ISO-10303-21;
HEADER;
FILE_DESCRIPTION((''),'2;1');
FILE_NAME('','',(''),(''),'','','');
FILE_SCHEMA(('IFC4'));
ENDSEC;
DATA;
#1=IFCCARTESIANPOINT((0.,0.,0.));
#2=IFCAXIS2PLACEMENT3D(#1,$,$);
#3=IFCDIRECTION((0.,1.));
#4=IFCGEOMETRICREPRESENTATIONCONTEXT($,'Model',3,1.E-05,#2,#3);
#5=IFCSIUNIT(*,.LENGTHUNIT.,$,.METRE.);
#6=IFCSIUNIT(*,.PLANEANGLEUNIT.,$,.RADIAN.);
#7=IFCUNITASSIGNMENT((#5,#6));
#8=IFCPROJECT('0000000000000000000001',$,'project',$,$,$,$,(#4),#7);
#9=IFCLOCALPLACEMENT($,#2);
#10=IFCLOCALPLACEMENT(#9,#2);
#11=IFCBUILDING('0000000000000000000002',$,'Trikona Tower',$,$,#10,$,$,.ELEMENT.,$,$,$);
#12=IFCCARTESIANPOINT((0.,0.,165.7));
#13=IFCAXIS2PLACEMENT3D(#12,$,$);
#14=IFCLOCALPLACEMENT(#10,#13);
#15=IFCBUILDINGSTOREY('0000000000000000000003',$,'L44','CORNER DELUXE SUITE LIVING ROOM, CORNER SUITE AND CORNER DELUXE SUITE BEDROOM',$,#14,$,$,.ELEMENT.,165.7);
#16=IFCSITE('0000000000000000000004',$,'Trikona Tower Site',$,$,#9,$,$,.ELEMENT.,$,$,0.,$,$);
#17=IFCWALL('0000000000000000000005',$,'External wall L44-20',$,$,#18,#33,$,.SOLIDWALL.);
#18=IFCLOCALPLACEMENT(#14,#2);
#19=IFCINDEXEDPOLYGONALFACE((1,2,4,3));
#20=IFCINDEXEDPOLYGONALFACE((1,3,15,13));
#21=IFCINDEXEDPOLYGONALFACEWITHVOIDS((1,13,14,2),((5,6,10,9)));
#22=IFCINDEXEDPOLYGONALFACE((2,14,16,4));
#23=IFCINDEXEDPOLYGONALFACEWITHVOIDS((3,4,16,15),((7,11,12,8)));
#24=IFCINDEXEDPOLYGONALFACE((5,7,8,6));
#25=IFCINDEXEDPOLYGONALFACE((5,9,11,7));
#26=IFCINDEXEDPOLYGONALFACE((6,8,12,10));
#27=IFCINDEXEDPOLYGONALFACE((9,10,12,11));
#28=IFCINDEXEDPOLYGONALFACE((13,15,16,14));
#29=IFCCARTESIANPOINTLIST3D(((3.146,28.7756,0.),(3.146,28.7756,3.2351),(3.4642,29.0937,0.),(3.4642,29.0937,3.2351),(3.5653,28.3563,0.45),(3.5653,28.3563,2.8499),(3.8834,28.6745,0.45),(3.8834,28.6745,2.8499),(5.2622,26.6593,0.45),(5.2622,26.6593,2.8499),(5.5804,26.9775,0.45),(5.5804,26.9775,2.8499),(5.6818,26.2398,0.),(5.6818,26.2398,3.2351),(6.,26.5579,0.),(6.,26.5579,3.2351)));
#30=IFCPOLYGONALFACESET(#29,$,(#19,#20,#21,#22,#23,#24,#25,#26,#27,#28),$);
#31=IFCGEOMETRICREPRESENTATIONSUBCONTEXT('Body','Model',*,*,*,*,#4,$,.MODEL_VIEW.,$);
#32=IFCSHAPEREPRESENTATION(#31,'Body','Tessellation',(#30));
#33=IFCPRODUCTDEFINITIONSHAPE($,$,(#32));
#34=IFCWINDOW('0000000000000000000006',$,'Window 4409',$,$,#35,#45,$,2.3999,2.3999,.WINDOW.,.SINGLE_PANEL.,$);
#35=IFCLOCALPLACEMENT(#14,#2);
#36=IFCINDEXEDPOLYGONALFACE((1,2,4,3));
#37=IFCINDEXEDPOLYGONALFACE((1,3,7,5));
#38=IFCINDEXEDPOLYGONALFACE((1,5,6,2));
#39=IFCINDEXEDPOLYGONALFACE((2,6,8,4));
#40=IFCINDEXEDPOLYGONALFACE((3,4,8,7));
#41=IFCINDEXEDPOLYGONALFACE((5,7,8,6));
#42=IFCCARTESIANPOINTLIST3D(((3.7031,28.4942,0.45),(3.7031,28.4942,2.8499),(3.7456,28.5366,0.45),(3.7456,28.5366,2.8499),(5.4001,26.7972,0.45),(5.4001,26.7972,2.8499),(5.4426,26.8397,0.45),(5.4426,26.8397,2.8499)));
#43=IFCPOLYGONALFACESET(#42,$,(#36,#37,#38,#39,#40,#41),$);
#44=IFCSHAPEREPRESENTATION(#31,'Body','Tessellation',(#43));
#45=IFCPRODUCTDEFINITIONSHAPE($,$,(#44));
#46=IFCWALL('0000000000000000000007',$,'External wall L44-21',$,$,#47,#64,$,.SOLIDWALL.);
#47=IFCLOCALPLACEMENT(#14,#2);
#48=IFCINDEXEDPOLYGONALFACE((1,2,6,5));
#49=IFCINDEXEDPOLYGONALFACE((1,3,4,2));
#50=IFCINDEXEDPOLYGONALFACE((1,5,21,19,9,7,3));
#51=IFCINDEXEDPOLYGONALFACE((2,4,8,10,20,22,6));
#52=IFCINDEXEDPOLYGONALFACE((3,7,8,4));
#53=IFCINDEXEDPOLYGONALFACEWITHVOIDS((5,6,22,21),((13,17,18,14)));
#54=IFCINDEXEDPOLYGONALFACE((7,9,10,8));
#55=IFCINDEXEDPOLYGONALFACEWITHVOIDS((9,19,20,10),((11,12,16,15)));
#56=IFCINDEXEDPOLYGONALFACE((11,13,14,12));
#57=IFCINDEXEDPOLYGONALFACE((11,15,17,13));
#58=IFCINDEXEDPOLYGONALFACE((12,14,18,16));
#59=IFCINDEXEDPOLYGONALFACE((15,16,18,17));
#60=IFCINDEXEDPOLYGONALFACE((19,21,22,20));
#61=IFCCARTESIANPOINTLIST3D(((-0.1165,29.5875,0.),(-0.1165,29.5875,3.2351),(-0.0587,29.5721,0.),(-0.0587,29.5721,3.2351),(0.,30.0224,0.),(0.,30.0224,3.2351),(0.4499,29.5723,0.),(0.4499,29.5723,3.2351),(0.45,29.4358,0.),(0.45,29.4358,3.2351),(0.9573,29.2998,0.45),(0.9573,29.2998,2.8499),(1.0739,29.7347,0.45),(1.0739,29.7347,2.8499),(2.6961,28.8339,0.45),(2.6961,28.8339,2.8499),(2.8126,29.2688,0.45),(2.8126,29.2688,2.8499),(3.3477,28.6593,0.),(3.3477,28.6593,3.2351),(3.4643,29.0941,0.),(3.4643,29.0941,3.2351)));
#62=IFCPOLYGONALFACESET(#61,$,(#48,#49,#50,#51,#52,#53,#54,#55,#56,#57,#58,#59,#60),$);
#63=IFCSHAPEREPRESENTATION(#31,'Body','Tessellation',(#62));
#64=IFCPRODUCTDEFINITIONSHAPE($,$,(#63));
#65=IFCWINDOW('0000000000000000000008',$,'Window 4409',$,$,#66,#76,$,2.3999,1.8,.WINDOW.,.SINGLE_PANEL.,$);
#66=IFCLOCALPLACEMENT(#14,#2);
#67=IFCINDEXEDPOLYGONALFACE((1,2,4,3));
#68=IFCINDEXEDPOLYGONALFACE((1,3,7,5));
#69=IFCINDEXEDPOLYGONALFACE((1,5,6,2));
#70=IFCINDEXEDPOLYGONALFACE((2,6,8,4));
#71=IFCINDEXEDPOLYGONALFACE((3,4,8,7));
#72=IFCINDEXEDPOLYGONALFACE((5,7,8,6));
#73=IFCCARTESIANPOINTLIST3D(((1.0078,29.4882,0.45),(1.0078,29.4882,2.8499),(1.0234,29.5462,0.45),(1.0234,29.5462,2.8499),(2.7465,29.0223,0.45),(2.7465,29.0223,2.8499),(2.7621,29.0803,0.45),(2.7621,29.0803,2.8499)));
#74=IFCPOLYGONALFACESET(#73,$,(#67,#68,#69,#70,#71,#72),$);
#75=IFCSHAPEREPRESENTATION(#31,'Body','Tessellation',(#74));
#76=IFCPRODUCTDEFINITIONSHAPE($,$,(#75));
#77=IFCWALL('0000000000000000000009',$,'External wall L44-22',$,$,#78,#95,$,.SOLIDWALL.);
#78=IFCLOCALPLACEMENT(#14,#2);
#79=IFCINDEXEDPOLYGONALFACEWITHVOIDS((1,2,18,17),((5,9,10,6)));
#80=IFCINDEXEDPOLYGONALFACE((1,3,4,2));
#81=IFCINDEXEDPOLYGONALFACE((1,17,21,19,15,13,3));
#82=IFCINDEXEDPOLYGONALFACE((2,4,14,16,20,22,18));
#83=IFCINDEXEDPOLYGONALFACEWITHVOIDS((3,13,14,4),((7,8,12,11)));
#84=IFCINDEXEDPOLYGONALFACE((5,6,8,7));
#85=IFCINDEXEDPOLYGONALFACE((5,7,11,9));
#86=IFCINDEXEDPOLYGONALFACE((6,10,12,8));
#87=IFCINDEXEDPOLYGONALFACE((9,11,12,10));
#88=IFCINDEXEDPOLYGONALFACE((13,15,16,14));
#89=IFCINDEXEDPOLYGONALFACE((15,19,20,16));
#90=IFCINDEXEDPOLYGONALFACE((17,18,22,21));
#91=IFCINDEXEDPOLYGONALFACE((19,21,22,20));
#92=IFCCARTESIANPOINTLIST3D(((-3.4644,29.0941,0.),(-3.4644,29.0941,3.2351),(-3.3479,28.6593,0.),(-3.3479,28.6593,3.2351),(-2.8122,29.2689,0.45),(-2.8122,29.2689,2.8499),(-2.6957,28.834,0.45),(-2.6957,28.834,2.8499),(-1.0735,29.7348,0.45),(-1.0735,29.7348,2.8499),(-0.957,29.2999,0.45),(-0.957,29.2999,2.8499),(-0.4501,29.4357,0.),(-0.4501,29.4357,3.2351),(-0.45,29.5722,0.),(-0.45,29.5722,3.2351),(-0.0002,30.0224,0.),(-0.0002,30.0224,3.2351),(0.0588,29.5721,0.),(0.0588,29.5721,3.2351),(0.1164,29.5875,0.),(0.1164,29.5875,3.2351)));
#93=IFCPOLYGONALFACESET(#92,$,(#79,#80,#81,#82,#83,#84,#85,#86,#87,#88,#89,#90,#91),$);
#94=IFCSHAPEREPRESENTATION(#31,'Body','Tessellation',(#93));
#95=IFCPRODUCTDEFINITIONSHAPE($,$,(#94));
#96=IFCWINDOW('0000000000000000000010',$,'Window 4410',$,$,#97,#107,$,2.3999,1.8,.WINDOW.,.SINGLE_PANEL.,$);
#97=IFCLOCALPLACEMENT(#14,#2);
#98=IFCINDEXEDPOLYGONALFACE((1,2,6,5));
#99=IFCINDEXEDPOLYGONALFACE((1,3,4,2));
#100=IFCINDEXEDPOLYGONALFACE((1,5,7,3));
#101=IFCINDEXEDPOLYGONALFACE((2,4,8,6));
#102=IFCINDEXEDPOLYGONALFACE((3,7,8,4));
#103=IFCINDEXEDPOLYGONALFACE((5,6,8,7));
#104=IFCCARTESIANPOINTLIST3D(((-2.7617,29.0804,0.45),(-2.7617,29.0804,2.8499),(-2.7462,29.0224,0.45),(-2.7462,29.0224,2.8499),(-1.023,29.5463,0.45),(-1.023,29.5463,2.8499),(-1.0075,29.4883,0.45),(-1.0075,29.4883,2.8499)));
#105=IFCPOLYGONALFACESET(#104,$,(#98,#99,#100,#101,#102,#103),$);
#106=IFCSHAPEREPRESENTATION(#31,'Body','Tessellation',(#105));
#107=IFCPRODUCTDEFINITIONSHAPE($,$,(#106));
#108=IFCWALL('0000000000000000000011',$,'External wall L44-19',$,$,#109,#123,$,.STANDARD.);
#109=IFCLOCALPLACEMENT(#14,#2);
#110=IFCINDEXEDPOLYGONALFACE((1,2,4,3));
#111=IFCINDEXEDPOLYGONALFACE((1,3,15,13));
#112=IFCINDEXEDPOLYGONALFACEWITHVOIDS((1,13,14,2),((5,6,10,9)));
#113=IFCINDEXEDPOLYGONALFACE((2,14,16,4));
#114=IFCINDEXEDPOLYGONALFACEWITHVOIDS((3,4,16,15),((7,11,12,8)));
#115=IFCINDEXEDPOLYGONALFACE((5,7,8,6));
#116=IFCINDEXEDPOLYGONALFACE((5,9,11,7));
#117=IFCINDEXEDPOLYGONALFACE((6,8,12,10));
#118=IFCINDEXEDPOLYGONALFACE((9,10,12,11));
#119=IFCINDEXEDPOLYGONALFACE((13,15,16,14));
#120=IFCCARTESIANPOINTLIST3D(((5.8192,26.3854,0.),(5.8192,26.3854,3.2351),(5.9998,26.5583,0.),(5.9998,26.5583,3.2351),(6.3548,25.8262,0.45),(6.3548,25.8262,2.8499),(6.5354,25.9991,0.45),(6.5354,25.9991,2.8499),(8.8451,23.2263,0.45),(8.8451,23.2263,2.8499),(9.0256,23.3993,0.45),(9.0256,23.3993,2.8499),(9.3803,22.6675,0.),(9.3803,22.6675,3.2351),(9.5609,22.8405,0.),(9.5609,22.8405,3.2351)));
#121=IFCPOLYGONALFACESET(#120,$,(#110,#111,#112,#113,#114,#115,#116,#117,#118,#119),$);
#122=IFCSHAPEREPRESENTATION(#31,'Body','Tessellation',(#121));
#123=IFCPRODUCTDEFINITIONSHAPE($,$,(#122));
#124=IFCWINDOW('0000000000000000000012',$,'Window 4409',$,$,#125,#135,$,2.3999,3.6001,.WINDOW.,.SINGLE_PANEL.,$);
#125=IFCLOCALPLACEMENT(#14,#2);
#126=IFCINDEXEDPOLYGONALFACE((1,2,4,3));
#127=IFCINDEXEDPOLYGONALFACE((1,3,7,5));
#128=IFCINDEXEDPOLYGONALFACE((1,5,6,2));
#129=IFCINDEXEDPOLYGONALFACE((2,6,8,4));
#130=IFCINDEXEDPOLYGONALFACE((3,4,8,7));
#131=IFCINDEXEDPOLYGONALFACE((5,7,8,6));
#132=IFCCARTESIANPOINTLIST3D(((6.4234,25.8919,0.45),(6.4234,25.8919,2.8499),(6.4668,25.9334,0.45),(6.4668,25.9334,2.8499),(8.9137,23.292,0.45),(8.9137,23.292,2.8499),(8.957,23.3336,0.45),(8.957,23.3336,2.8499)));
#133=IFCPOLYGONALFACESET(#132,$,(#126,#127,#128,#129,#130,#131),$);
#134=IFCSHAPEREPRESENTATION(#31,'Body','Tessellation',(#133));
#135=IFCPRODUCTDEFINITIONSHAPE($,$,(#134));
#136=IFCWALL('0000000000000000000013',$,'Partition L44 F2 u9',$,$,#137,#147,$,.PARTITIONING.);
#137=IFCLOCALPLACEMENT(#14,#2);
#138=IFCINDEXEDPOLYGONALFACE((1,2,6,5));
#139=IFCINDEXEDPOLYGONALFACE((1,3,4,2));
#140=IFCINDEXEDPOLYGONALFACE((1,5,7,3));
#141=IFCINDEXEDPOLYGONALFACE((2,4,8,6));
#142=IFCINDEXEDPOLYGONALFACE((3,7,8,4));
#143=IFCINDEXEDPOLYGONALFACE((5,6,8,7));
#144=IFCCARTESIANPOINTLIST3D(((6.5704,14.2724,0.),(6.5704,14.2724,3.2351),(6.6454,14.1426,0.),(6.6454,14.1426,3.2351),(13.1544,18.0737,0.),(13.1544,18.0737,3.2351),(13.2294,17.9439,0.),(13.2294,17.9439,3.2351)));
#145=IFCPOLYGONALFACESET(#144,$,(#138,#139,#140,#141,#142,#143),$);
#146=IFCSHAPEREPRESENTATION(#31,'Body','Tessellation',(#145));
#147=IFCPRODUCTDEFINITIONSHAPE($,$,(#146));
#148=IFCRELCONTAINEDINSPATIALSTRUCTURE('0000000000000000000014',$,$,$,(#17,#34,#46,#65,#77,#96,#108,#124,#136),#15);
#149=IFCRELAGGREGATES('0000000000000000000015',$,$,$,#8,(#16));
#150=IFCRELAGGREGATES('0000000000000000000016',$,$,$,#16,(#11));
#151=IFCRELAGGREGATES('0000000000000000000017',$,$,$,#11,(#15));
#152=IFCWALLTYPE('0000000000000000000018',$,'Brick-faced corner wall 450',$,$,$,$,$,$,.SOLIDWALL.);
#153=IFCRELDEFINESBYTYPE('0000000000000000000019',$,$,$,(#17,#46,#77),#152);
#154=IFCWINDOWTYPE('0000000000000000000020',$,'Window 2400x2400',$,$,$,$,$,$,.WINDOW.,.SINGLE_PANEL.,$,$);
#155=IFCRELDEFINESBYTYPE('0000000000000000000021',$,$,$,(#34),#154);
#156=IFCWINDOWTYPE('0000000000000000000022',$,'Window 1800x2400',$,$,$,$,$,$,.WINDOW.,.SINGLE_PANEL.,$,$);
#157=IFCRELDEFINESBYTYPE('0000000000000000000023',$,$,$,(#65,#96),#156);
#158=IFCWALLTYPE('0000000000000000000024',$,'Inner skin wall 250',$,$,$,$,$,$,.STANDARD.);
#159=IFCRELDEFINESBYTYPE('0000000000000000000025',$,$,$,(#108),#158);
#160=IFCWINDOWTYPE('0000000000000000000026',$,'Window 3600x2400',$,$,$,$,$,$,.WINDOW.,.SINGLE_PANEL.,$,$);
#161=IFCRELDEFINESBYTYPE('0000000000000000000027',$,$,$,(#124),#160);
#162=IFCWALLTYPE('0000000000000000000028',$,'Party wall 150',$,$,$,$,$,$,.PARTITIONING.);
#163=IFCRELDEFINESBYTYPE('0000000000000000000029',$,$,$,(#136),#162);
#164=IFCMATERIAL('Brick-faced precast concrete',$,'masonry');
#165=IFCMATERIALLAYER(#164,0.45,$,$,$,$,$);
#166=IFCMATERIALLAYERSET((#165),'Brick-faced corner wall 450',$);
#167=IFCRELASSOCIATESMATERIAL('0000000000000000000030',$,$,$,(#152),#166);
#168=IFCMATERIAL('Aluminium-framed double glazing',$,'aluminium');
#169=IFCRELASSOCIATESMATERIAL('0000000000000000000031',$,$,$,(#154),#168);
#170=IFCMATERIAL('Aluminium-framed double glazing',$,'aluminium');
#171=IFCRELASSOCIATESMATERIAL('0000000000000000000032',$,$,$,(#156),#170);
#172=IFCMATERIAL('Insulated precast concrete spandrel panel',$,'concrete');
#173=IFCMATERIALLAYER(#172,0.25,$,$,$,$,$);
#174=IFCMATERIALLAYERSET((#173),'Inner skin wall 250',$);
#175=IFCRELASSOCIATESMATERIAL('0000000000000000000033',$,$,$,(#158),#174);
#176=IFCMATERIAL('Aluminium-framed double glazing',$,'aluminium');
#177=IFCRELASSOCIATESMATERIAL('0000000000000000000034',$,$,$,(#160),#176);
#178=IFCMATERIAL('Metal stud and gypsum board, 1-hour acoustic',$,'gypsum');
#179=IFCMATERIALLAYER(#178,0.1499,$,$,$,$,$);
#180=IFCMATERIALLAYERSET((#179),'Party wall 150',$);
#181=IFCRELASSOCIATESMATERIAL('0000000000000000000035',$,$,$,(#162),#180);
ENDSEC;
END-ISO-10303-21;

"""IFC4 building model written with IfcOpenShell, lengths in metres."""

from ifc_helpers import new_model, si_unit, direction, frame, frame_2d, origin, place, context, subcontext, project, spatial, polyline, rectangle, outline, extrude, material, layer, layer_set, type_object, element, fill, save


model = new_model("IFC4")

# Units and contexts
model_context = context("Model", 3, precision=1e-05, world=origin(), true_north=direction((0.0, 1.0)))
body_context = subcontext(model_context, "Body", "Model", "MODEL_VIEW")
ifc_project = project(units=[si_unit("LENGTHUNIT", "METRE"), si_unit("PLANEANGLEUNIT", "RADIAN")], contexts=[model_context])

# Site, building, storey
site_placement = place(None, origin())
site = spatial("IfcSite", under=ifc_project, at=site_placement, Name="Trikona Tower Site", CompositionType="ELEMENT", RefElevation=0.0)
building_placement = place(site_placement, origin())
building = spatial("IfcBuilding", under=site, at=building_placement, Name="Trikona Tower", CompositionType="ELEMENT")
storey_placement = place(building_placement, frame((0.0, 0.0, 165.7)))
storey = spatial("IfcBuildingStorey", under=building, at=storey_placement, Name="L44", Description="CORNER DELUXE SUITE LIVING ROOM, CORNER SUITE AND CORNER DELUXE SUITE BEDROOM", CompositionType="ELEMENT", Elevation=165.7)

# Walls, openings, windows
ifc_material_1 = material(Name="Brick-faced precast concrete", Category="masonry")
ifc_layer_1 = layer(ifc_material_1, 0.45)
ifc_layer_set_1 = layer_set([ifc_layer_1], Name="Brick-faced corner wall 450")
wall_type_1 = type_object("IfcWallType", Name="Brick-faced corner wall 450", PredefinedType="SOLIDWALL", material=ifc_layer_set_1)
wall_1_placement = place(storey_placement, frame((5.8408, 26.3989, 0.0), z_axis=(0.0, 0.0, 1.0), x_axis=(-0.707107, 0.707107, 0.0)))
wall_1 = element("IfcWall", 1, at=wall_1_placement, inside=storey, type_object=wall_type_1, Name="External wall L44-20", PredefinedType="SOLIDWALL", context=body_context, shape_type="SweptSolid", body=[
    extrude(rectangle(XDim=3.5862, YDim=0.45, at=frame_2d((1.793, 0.0))), origin(), (0.0, 0.0, 1.0), 3.2351),
])
opening_1_placement = place(wall_1_placement, frame((0.5933, 0.0, 0.45)))
opening_1 = element("IfcOpeningElement", 2, at=opening_1_placement, cuts=wall_1, PredefinedType="OPENING", context=body_context, shape_type="SweptSolid", body=[
    extrude(rectangle(XDim=2.3999, YDim=2.3999, at=frame_2d((1.2, 1.2))), frame((0.0, 0.2349, 0.0), z_axis=(0.0, -1.0, 0.0), x_axis=(1.0, 0.0, 0.0)), (0.0, 0.0, 1.0), 0.47),
])
ifc_material_2 = material(Name="Aluminium-framed double glazing", Category="aluminium")
window_type_1 = type_object("IfcWindowType", Name="Window 2400x2400", PartitioningType="SINGLE_PANEL", PredefinedType="WINDOW", material=ifc_material_2)
window_1_placement = place(opening_1_placement, origin())
window_1 = element("IfcWindow", 3, at=window_1_placement, inside=storey, type_object=window_type_1, Name="Window 4409", OverallHeight=2.3999, OverallWidth=2.3999, PartitioningType="SINGLE_PANEL", PredefinedType="WINDOW", context=body_context, shape_type="SweptSolid", body=[
    extrude(rectangle(XDim=2.3999, YDim=2.3999, at=frame_2d((1.2, 1.2))), frame((0.0, 0.03, 0.0), z_axis=(0.0, -1.0, 0.0), x_axis=(1.0, 0.0, 0.0)), (0.0, 0.0, 1.0), 0.0601),
])
fill(opening_1, window_1)
wall_2_placement = place(storey_placement, frame((3.406, 28.8767, 0.0), z_axis=(0.0, 0.0, 1.0), x_axis=(-0.965925, 0.258823, 0.0)))
wall_2 = element("IfcWall", 4, at=wall_2_placement, inside=storey, type_object=wall_type_1, Name="External wall L44-21", PredefinedType="SOLIDWALL", context=body_context, shape_type="SweptSolid", body=[
    extrude(outline(polyline([(3.5864, 0.2251), (3.5266, 0.2251), (3.0354, 0.0933), (3.0, 0.2251), (0.0, 0.2251), (0.0, -0.2251), (3.5864, -0.2251), (3.5864, 0.2251)])), origin(), (0.0, 0.0, 1.0), 3.2351),
])
opening_2_placement = place(wall_2_placement, frame((0.6748, 0.0, 0.45)))
opening_2 = element("IfcOpeningElement", 5, at=opening_2_placement, cuts=wall_2, PredefinedType="OPENING", context=body_context, shape_type="SweptSolid", body=[
    extrude(rectangle(XDim=1.8, YDim=2.3999, at=frame_2d((0.8999, 1.2))), frame((0.0, 0.2349, 0.0), z_axis=(0.0, -1.0, 0.0), x_axis=(1.0, 0.0, 0.0)), (0.0, 0.0, 1.0), 0.47),
])
ifc_material_3 = material(Name="Aluminium-framed double glazing", Category="aluminium")
window_type_2 = type_object("IfcWindowType", Name="Window 1800x2400", PartitioningType="SINGLE_PANEL", PredefinedType="WINDOW", material=ifc_material_3)
window_2_placement = place(opening_2_placement, origin())
window_2 = element("IfcWindow", 6, at=window_2_placement, inside=storey, type_object=window_type_2, Name="Window 4409", OverallHeight=2.3999, OverallWidth=1.8, PartitioningType="SINGLE_PANEL", PredefinedType="WINDOW", context=body_context, shape_type="SweptSolid", body=[
    extrude(rectangle(XDim=1.8, YDim=2.3999, at=frame_2d((0.8999, 1.2))), frame((0.0, 0.03, 0.0), z_axis=(0.0, -1.0, 0.0), x_axis=(1.0, 0.0, 0.0)), (0.0, 0.0, 1.0), 0.0601),
])
fill(opening_2, window_2)
wall_3_placement = place(storey_placement, frame((0.0581, 29.8049, 0.0), z_axis=(0.0, 0.0, 1.0), x_axis=(-0.965925, -0.258823, 0.0)))
wall_3 = element("IfcWall", 7, at=wall_3_placement, inside=storey, type_object=wall_type_1, Name="External wall L44-22", PredefinedType="SOLIDWALL", context=body_context, shape_type="SweptSolid", body=[
    extrude(outline(polyline([(3.5864, 0.2251), (0.5864, 0.2251), (0.551, 0.0933), (0.0596, 0.2251), (0.0, 0.2251), (0.0, -0.2251), (3.5864, -0.2251), (3.5864, 0.2251)])), origin(), (0.0, 0.0, 1.0), 3.2351),
])
opening_3_placement = place(wall_3_placement, frame((1.1113, 0.0, 0.45)))
opening_3 = element("IfcOpeningElement", 8, at=opening_3_placement, cuts=wall_3, PredefinedType="OPENING", context=body_context, shape_type="SweptSolid", body=[
    extrude(rectangle(XDim=1.8, YDim=2.3999, at=frame_2d((0.8999, 1.2))), frame((0.0, 0.2349, 0.0), z_axis=(0.0, -1.0, 0.0), x_axis=(1.0, 0.0, 0.0)), (0.0, 0.0, 1.0), 0.47),
])
window_3_placement = place(opening_3_placement, origin())
window_3 = element("IfcWindow", 9, at=window_3_placement, inside=storey, type_object=window_type_2, Name="Window 4410", OverallHeight=2.3999, OverallWidth=1.8, PartitioningType="SINGLE_PANEL", PredefinedType="WINDOW", context=body_context, shape_type="SweptSolid", body=[
    extrude(rectangle(XDim=1.8, YDim=2.3999, at=frame_2d((0.8999, 1.2))), frame((0.0, 0.03, 0.0), z_axis=(0.0, -1.0, 0.0), x_axis=(1.0, 0.0, 0.0)), (0.0, 0.0, 1.0), 0.0601),
])
fill(opening_3, window_3)
ifc_material_4 = material(Name="Insulated precast concrete spandrel panel", Category="concrete")
ifc_layer_2 = layer(ifc_material_4, 0.25)
ifc_layer_set_2 = layer_set([ifc_layer_2], Name="Inner skin wall 250")
wall_type_2 = type_object("IfcWallType", Name="Inner skin wall 250", PredefinedType="STANDARD", material=ifc_layer_set_2)
wall_4_placement = place(storey_placement, frame((9.4707, 22.7539, 0.0), z_axis=(0.0, 0.0, 1.0), x_axis=(-0.69172, 0.722166, 0.0)))
wall_4 = element("IfcWall", 10, at=wall_4_placement, inside=storey, type_object=wall_type_2, Name="External wall L44-19", PredefinedType="STANDARD", context=body_context, shape_type="SweptSolid", body=[
    extrude(rectangle(XDim=5.1482, YDim=0.25, at=frame_2d((2.5742, 0.0))), origin(), (0.0, 0.0, 1.0), 3.2351),
])
opening_4_placement = place(wall_4_placement, frame((0.7739, 0.0, 0.45)))
opening_4 = element("IfcOpeningElement", 11, at=opening_4_placement, cuts=wall_4, PredefinedType="OPENING", context=body_context, shape_type="SweptSolid", body=[
    extrude(rectangle(XDim=3.6001, YDim=2.3999, at=frame_2d((1.8, 1.2))), frame((0.0, 0.135, 0.0), z_axis=(0.0, -1.0, 0.0), x_axis=(1.0, 0.0, 0.0)), (0.0, 0.0, 1.0), 0.27),
])
ifc_material_5 = material(Name="Aluminium-framed double glazing", Category="aluminium")
window_type_3 = type_object("IfcWindowType", Name="Window 3600x2400", PartitioningType="SINGLE_PANEL", PredefinedType="WINDOW", material=ifc_material_5)
window_4_placement = place(opening_4_placement, origin())
window_4 = element("IfcWindow", 12, at=window_4_placement, inside=storey, type_object=window_type_3, Name="Window 4409", OverallHeight=2.3999, OverallWidth=3.6001, PartitioningType="SINGLE_PANEL", PredefinedType="WINDOW", context=body_context, shape_type="SweptSolid", body=[
    extrude(rectangle(XDim=3.6001, YDim=2.3999, at=frame_2d((1.8, 1.2))), frame((0.0, 0.03, 0.0), z_axis=(0.0, -1.0, 0.0), x_axis=(1.0, 0.0, 0.0)), (0.0, 0.0, 1.0), 0.0601),
])
fill(opening_4, window_4)

# Wall
ifc_material_6 = material(Name="Metal stud and gypsum board, 1-hour acoustic", Category="gypsum")
ifc_layer_3 = layer(ifc_material_6, 0.1499)
ifc_layer_set_3 = layer_set([ifc_layer_3], Name="Party wall 150")
wall_type_3 = type_object("IfcWallType", Name="Party wall 150", PredefinedType="PARTITIONING", material=ifc_layer_set_3)
wall_5_placement = place(storey_placement, frame((6.6079, 14.2075, 0.0), z_axis=(0.0, 0.0, 1.0), x_axis=(0.866025, 0.5, 0.0)))
element("IfcWall", 13, at=wall_5_placement, inside=storey, type_object=wall_type_3, Name="Partition L44 F2 u9", PredefinedType="PARTITIONING", context=body_context, shape_type="SweptSolid", body=[
    extrude(rectangle(XDim=7.6025, YDim=0.1499, at=frame_2d((3.8013, 0.0))), origin(), (0.0, 0.0, 1.0), 3.2351),
])

save(model, "model.ifc")
